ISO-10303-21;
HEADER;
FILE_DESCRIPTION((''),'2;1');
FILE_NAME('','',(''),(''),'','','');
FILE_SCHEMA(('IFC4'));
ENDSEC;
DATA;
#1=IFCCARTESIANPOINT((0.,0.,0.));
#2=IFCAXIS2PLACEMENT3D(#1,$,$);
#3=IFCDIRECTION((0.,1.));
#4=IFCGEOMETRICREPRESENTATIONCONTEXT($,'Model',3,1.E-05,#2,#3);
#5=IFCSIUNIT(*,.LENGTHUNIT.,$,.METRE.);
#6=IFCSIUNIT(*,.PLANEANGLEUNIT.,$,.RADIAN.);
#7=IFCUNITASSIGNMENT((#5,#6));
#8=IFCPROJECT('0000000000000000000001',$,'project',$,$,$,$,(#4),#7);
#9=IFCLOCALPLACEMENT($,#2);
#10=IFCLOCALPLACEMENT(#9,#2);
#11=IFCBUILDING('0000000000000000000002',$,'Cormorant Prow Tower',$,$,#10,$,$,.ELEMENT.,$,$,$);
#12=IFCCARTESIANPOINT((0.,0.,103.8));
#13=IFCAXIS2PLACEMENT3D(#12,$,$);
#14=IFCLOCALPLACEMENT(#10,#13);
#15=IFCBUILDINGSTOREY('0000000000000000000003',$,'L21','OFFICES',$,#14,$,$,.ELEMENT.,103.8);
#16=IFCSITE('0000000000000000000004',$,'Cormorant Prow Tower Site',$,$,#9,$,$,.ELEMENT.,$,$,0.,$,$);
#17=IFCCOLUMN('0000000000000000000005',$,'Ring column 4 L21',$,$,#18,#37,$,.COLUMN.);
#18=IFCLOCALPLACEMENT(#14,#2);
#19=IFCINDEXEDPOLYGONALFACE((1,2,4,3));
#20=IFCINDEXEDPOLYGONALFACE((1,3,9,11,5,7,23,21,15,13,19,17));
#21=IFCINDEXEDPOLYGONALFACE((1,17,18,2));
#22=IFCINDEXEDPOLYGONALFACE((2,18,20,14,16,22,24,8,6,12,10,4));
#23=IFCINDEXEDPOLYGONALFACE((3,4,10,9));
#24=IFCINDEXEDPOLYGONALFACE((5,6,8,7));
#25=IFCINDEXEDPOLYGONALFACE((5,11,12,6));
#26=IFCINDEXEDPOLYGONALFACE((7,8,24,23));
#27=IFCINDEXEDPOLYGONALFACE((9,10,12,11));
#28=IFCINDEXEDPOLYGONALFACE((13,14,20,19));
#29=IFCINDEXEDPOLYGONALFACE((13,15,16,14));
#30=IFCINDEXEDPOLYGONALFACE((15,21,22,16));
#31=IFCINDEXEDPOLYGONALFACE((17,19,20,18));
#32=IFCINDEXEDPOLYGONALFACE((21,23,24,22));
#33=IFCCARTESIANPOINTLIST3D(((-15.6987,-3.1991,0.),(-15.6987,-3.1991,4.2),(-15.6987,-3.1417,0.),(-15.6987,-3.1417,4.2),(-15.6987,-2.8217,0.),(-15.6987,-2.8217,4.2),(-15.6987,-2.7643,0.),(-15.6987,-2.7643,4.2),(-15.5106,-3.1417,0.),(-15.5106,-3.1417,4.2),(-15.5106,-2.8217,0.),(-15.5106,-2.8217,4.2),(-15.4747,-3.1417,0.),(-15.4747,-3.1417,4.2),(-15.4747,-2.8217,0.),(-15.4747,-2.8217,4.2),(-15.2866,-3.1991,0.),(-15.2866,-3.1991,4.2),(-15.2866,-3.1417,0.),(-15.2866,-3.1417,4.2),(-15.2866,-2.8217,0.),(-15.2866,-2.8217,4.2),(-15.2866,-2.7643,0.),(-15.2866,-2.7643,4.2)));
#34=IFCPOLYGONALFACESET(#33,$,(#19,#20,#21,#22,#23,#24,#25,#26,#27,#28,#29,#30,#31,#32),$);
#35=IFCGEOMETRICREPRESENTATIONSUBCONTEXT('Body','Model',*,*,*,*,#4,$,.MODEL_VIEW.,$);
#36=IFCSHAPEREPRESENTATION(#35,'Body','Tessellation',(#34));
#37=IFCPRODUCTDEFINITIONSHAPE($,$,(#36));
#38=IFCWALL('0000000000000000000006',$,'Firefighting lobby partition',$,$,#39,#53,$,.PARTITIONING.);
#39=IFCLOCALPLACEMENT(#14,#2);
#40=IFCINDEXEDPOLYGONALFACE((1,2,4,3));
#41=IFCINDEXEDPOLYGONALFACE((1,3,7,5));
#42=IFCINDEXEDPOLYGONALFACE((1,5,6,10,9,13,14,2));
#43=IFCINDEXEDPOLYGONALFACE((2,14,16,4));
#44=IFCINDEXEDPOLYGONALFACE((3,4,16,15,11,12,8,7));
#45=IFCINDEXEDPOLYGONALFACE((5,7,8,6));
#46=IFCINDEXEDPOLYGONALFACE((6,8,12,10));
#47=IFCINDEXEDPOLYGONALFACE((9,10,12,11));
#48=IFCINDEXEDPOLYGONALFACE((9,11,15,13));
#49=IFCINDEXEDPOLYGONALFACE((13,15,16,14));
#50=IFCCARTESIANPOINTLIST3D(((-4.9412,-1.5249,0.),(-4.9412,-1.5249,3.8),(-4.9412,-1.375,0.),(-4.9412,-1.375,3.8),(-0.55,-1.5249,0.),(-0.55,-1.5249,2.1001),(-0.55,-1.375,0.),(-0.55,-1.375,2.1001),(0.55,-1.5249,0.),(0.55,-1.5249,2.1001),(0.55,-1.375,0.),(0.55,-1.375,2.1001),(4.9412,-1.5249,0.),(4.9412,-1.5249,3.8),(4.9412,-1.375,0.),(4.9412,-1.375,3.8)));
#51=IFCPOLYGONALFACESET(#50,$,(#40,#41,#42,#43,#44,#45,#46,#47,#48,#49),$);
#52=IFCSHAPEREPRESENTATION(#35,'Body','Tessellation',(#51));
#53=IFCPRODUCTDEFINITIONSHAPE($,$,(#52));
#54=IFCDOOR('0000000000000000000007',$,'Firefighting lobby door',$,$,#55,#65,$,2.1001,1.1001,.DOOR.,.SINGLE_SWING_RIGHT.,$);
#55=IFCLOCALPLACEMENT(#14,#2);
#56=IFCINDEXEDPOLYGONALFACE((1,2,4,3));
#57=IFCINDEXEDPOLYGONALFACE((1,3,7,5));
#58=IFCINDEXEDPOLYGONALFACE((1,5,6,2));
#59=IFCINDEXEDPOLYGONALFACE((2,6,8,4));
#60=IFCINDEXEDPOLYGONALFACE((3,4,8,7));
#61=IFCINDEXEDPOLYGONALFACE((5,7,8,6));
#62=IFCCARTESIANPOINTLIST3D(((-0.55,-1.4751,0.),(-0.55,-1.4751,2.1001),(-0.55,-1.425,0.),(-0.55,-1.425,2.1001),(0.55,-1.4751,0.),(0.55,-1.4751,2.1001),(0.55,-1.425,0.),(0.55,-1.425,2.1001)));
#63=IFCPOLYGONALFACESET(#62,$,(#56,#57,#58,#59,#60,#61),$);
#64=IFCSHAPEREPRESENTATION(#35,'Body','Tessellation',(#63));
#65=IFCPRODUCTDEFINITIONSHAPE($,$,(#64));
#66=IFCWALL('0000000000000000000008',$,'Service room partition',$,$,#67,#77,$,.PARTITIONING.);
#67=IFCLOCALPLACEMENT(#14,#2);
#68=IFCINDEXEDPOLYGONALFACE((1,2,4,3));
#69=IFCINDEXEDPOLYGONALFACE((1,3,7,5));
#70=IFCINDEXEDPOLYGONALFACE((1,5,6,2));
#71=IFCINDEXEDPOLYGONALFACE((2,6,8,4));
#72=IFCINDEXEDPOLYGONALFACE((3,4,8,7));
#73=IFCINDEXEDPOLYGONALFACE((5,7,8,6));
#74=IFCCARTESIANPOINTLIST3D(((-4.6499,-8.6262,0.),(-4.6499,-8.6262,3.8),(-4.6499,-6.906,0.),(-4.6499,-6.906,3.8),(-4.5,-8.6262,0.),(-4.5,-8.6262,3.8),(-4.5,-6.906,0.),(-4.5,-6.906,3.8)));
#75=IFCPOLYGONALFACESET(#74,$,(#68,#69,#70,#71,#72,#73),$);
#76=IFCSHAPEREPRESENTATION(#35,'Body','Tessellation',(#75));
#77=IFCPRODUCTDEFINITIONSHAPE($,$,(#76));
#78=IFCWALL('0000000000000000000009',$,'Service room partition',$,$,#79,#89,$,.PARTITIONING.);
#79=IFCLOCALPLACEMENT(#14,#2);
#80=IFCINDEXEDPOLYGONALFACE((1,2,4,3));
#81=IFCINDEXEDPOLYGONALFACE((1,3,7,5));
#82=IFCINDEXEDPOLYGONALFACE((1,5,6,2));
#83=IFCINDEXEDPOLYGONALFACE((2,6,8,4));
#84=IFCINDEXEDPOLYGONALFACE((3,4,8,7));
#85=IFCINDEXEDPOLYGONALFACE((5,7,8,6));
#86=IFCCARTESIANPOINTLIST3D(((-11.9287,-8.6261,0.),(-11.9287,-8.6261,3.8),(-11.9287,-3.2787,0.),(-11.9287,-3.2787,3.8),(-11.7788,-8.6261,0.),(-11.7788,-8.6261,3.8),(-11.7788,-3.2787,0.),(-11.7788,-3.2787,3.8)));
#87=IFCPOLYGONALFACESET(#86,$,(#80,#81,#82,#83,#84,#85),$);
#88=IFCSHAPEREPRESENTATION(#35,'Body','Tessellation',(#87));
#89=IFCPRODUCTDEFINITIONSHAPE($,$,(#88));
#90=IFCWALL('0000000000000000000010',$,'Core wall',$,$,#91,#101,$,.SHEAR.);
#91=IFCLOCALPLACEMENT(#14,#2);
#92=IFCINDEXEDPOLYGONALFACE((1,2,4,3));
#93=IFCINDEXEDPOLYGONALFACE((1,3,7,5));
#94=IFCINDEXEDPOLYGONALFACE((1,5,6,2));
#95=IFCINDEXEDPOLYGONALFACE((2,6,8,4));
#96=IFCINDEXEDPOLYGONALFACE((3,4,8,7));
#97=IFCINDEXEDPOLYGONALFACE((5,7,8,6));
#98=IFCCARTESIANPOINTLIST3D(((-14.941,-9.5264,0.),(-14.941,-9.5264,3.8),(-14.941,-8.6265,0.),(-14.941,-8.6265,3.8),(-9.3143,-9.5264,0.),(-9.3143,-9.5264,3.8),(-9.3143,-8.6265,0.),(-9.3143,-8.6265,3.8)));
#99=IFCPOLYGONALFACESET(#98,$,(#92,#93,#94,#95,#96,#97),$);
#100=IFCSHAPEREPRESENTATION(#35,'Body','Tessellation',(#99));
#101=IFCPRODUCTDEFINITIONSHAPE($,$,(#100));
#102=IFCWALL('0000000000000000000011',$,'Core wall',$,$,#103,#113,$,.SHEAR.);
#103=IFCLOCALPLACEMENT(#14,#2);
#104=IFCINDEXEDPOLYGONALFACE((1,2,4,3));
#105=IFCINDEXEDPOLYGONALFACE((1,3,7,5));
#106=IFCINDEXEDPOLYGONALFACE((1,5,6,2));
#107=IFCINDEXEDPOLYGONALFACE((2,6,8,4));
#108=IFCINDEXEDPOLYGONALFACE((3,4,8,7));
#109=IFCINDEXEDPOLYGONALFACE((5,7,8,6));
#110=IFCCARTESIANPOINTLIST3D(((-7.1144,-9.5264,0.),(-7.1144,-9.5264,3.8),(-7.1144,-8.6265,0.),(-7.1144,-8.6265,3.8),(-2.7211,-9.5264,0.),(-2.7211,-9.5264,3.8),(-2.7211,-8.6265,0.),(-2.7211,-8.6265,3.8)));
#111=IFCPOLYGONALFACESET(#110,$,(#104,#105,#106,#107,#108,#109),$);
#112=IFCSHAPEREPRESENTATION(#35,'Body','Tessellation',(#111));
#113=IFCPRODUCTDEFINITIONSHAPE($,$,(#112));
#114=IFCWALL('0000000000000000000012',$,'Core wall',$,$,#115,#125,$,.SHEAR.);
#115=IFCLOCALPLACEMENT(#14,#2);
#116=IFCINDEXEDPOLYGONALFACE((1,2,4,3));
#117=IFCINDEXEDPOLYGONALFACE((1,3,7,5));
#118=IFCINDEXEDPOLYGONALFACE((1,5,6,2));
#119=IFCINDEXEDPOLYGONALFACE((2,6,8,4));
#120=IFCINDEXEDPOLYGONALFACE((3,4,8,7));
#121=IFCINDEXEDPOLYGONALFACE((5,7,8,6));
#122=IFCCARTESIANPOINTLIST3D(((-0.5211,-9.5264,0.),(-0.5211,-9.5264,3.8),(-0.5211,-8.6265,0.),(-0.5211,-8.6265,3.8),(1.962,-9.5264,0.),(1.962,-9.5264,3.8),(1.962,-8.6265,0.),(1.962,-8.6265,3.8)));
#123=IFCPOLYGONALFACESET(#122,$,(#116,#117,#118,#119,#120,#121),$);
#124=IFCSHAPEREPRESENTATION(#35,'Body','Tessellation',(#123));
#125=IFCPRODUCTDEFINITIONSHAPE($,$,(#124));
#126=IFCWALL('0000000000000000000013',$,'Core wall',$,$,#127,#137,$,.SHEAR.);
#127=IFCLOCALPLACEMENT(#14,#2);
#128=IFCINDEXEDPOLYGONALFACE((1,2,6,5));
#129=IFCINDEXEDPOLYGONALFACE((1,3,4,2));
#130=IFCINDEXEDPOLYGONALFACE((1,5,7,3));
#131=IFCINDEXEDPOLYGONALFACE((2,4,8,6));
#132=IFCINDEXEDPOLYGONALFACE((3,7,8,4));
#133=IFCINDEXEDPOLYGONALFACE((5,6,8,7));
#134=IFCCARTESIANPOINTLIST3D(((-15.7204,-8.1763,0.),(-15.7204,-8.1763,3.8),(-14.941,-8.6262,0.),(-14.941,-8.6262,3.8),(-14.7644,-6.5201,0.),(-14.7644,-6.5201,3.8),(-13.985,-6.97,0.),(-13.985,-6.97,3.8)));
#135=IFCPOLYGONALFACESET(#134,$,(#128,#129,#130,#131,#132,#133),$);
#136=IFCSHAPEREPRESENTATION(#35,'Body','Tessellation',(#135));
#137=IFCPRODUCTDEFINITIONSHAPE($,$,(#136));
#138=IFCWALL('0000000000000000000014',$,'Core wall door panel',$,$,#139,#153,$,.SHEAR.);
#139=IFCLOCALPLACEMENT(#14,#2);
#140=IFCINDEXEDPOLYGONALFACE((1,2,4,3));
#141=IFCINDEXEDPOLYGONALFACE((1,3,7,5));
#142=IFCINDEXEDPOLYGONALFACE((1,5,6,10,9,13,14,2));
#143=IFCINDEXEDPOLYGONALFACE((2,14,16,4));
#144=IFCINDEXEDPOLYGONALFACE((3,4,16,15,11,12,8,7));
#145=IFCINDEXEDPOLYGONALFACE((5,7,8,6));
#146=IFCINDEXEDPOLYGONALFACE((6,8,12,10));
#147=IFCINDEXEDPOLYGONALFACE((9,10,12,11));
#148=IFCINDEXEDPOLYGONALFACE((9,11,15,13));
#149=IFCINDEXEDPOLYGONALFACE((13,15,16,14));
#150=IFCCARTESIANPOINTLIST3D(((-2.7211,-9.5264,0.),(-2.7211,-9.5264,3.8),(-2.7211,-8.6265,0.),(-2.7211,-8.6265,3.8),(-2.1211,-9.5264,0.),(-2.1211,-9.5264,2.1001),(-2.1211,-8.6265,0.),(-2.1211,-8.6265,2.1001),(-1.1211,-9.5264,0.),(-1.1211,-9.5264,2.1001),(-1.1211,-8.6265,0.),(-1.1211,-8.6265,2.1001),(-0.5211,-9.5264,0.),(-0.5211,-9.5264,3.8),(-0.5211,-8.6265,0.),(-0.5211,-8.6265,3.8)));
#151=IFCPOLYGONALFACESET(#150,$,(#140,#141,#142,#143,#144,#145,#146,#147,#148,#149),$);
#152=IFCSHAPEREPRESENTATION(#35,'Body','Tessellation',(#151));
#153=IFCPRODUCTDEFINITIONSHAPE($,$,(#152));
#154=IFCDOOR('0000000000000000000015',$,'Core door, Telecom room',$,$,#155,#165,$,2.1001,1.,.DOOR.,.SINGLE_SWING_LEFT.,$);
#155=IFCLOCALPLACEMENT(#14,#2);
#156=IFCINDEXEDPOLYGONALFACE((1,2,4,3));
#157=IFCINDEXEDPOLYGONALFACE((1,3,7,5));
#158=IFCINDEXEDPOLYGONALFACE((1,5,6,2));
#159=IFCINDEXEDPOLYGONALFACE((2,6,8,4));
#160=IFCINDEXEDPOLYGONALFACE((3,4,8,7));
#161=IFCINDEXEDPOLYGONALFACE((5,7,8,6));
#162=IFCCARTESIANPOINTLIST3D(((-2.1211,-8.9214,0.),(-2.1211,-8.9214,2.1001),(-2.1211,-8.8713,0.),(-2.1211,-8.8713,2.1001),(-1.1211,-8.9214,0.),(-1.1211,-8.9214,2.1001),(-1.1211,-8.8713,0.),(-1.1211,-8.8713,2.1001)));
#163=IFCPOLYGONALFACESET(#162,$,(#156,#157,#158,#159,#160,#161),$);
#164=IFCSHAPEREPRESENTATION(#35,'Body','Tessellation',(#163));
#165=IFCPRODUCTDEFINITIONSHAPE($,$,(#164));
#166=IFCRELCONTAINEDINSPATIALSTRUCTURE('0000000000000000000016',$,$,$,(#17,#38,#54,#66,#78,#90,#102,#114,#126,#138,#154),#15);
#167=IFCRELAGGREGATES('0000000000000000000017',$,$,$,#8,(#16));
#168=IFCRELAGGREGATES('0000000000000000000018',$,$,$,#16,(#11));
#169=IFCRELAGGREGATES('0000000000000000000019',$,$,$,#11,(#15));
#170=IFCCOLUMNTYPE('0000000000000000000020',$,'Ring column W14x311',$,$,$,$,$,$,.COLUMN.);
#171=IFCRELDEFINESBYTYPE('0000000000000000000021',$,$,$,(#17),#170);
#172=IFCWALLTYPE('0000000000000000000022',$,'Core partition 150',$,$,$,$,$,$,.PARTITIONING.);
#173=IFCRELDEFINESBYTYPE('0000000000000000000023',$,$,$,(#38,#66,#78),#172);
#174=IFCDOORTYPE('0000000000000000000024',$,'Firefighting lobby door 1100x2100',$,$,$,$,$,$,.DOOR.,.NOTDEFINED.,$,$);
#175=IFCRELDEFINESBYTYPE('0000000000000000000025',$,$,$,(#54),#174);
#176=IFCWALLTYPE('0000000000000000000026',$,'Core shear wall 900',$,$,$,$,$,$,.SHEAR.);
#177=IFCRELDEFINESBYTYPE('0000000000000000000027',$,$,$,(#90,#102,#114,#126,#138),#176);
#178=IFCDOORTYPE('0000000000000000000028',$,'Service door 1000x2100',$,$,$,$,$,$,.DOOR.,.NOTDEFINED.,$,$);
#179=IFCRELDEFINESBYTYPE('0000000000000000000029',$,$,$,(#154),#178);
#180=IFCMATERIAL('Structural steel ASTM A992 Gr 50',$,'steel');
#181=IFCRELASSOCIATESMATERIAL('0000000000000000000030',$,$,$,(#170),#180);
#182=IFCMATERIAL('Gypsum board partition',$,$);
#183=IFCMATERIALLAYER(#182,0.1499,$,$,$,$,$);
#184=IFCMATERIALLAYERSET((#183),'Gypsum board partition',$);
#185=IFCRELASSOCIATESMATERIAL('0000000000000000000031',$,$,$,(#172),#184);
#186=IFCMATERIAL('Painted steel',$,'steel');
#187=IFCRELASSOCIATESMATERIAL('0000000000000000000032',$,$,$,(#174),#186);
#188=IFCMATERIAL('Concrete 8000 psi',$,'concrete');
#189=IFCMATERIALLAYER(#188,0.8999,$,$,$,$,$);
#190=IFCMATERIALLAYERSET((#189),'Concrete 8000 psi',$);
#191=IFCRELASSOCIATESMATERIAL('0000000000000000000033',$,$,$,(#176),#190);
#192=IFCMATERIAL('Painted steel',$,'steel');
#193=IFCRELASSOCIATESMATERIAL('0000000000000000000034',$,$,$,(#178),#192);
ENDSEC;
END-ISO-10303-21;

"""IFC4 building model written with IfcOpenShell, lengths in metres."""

from ifc_helpers import new_model, si_unit, direction, frame, frame_2d, origin, origin_2d, place, context, subcontext, project, spatial, rectangle, i_section, extrude, material, layer, layer_set, material_profile, profile_set, type_object, element, fill, save


model = new_model("IFC4")

# Units and contexts
model_context = context("Model", 3, precision=1e-05, world=origin(), true_north=direction((0.0, 1.0)))
body_context = subcontext(model_context, "Body", "Model", "MODEL_VIEW")
ifc_project = project(units=[si_unit("LENGTHUNIT", "METRE"), si_unit("PLANEANGLEUNIT", "RADIAN")], contexts=[model_context])

# Site, building, storey
site_placement = place(None, origin())
site = spatial("IfcSite", under=ifc_project, at=site_placement, Name="Cormorant Prow Tower Site", CompositionType="ELEMENT", RefElevation=0.0)
building_placement = place(site_placement, origin())
building = spatial("IfcBuilding", under=site, at=building_placement, Name="Cormorant Prow Tower", CompositionType="ELEMENT")
storey_placement = place(building_placement, frame((0.0, 0.0, 103.8)))
storey = spatial("IfcBuildingStorey", under=building, at=storey_placement, Name="L21", Description="OFFICES", CompositionType="ELEMENT", Elevation=103.8)

# Column
ifc_material_1 = material(Name="Structural steel ASTM A992 Gr 50", Category="steel")
ifc_material_profile = material_profile(ifc_material_1, i_section(OverallWidth=0.4121, OverallDepth=0.4348, WebThickness=0.0359, FlangeThickness=0.0574, at=origin_2d()), Name="W14x311")
ifc_profile_set = profile_set([ifc_material_profile], Name="Structural steel ASTM A992 Gr 50")
column_type = type_object("IfcColumnType", Name="Ring column W14x311", PredefinedType="COLUMN", material=ifc_profile_set)
column_placement = place(storey_placement, frame((-15.4927, -2.9817, 0.0), z_axis=(0.0, 0.0, 1.0), x_axis=(1.0, 0.0, 0.0)))
element("IfcColumn", 1, at=column_placement, inside=storey, type_object=column_type, Name="Ring column 4 L21", PredefinedType="COLUMN", context=body_context, shape_type="SweptSolid", body=[
    extrude(i_section(OverallWidth=0.4121, OverallDepth=0.4348, WebThickness=0.0359, FlangeThickness=0.0574, at=origin_2d()), origin(), (0.0, 0.0, 1.0), 4.2),
])

# Wall, opening, door
ifc_material_2 = material(Name="Gypsum board partition")
ifc_layer_1 = layer(ifc_material_2, 0.1499)
ifc_layer_set_1 = layer_set([ifc_layer_1], Name="Gypsum board partition")
wall_type_1 = type_object("IfcWallType", Name="Core partition 150", PredefinedType="PARTITIONING", material=ifc_layer_set_1)
wall_1_placement = place(storey_placement, frame((-4.9412, -1.45, 0.0), z_axis=(0.0, 0.0, 1.0), x_axis=(1.0, 0.0, 0.0)))
wall_1 = element("IfcWall", 2, at=wall_1_placement, inside=storey, type_object=wall_type_1, Name="Firefighting lobby partition", PredefinedType="PARTITIONING", context=body_context, shape_type="SweptSolid", body=[
    extrude(rectangle(XDim=9.8823, YDim=0.1499, at=frame_2d((4.9412, 0.0))), origin(), (0.0, 0.0, 1.0), 3.8),
])
opening_1_placement = place(wall_1_placement, frame((4.3911, 0.0, 0.0)))
opening_1 = element("IfcOpeningElement", 3, at=opening_1_placement, cuts=wall_1, PredefinedType="OPENING", context=body_context, shape_type="SweptSolid", body=[
    extrude(rectangle(XDim=1.1001, YDim=2.1001, at=frame_2d((0.55, 1.05))), frame((0.0, 0.085, 0.0), z_axis=(0.0, -1.0, 0.0), x_axis=(1.0, 0.0, 0.0)), (0.0, 0.0, 1.0), 0.1699),
])
ifc_material_3 = material(Name="Painted steel", Category="steel")
door_type_1 = type_object("IfcDoorType", Name="Firefighting lobby door 1100x2100", OperationType="NOTDEFINED", PredefinedType="DOOR", material=ifc_material_3)
door_1_placement = place(opening_1_placement, origin())
door_1 = element("IfcDoor", 4, at=door_1_placement, inside=storey, type_object=door_type_1, Name="Firefighting lobby door", OperationType="SINGLE_SWING_RIGHT", OverallHeight=2.1001, OverallWidth=1.1001, PredefinedType="DOOR", context=body_context, shape_type="SweptSolid", body=[
    extrude(rectangle(XDim=1.1001, YDim=2.1001, at=frame_2d((0.55, 1.05))), frame((0.0, 0.0249, 0.0), z_axis=(0.0, -1.0, 0.0), x_axis=(1.0, 0.0, 0.0)), (0.0, 0.0, 1.0), 0.05),
])
fill(opening_1, door_1)

# Walls
wall_2_placement = place(storey_placement, frame((-4.575, -6.906, 0.0), z_axis=(0.0, 0.0, 1.0), x_axis=(0.0, -1.0, 0.0)))
element("IfcWall", 5, at=wall_2_placement, inside=storey, type_object=wall_type_1, Name="Service room partition", PredefinedType="PARTITIONING", context=body_context, shape_type="SweptSolid", body=[
    extrude(rectangle(XDim=1.7202, YDim=0.1499, at=frame_2d((0.8601, 0.0))), origin(), (0.0, 0.0, 1.0), 3.8),
])
wall_3_placement = place(storey_placement, frame((-11.8538, -8.6262, 0.0), z_axis=(0.0, 0.0, 1.0), x_axis=(0.0, 1.0, 0.0)))
element("IfcWall", 6, at=wall_3_placement, inside=storey, type_object=wall_type_1, Name="Service room partition", PredefinedType="PARTITIONING", context=body_context, shape_type="SweptSolid", body=[
    extrude(rectangle(XDim=5.3474, YDim=0.1499, at=frame_2d((2.6738, 0.0))), origin(), (0.0, 0.0, 1.0), 3.8),
])
ifc_material_4 = material(Name="Concrete 8000 psi", Category="concrete")
ifc_layer_2 = layer(ifc_material_4, 0.8999)
ifc_layer_set_2 = layer_set([ifc_layer_2], Name="Concrete 8000 psi")
wall_type_2 = type_object("IfcWallType", Name="Core shear wall 900", PredefinedType="SHEAR", material=ifc_layer_set_2)
wall_4_placement = place(storey_placement, frame((-14.9412, -9.0764, 0.0), z_axis=(0.0, 0.0, 1.0), x_axis=(1.0, 0.0, 0.0)))
element("IfcWall", 7, at=wall_4_placement, inside=storey, type_object=wall_type_2, Name="Core wall", PredefinedType="SHEAR", context=body_context, shape_type="SweptSolid", body=[
    extrude(rectangle(XDim=5.6267, YDim=0.8999, at=frame_2d((2.8135, 0.0))), origin(), (0.0, 0.0, 1.0), 3.8),
])
wall_5_placement = place(storey_placement, frame((-7.1145, -9.0764, 0.0), z_axis=(0.0, 0.0, 1.0), x_axis=(1.0, 0.0, 0.0)))
element("IfcWall", 8, at=wall_5_placement, inside=storey, type_object=wall_type_2, Name="Core wall", PredefinedType="SHEAR", context=body_context, shape_type="SweptSolid", body=[
    extrude(rectangle(XDim=4.3933, YDim=0.8999, at=frame_2d((2.1968, 0.0))), origin(), (0.0, 0.0, 1.0), 3.8),
])
wall_6_placement = place(storey_placement, frame((-0.5212, -9.0764, 0.0), z_axis=(0.0, 0.0, 1.0), x_axis=(1.0, 0.0, 0.0)))
element("IfcWall", 9, at=wall_6_placement, inside=storey, type_object=wall_type_2, Name="Core wall", PredefinedType="SHEAR", context=body_context, shape_type="SweptSolid", body=[
    extrude(rectangle(XDim=2.4832, YDim=0.8999, at=frame_2d((1.2417, 0.0))), origin(), (0.0, 0.0, 1.0), 3.8),
])
wall_7_placement = place(storey_placement, frame((-14.3748, -6.7451, 0.0), z_axis=(0.0, 0.0, 1.0), x_axis=(-0.499929, -0.866067, 0.0)))
element("IfcWall", 10, at=wall_7_placement, inside=storey, type_object=wall_type_2, Name="Core wall", PredefinedType="SHEAR", context=body_context, shape_type="SweptSolid", body=[
    extrude(rectangle(XDim=1.9124, YDim=0.8999, at=frame_2d((0.9561, 0.0))), origin(), (0.0, 0.0, 1.0), 3.8),
])

# Wall, opening, door
wall_8_placement = place(storey_placement, frame((-2.7212, -9.0764, 0.0), z_axis=(0.0, 0.0, 1.0), x_axis=(1.0, 0.0, 0.0)))
wall_8 = element("IfcWall", 11, at=wall_8_placement, inside=storey, type_object=wall_type_2, Name="Core wall door panel", PredefinedType="SHEAR", context=body_context, shape_type="SweptSolid", body=[
    extrude(rectangle(XDim=2.2, YDim=0.8999, at=frame_2d((1.1001, 0.0))), origin(), (0.0, 0.0, 1.0), 3.8),
])
opening_2_placement = place(wall_8_placement, frame((0.6001, 0.0, 0.0)))
opening_2 = element("IfcOpeningElement", 12, at=opening_2_placement, cuts=wall_8, PredefinedType="OPENING", context=body_context, shape_type="SweptSolid", body=[
    extrude(rectangle(XDim=1.0, YDim=2.1001, at=frame_2d((0.5, 1.05))), frame((0.0, 0.46, 0.0), z_axis=(0.0, -1.0, 0.0), x_axis=(1.0, 0.0, 0.0)), (0.0, 0.0, 1.0), 0.9199),
])
ifc_material_5 = material(Name="Painted steel", Category="steel")
door_type_2 = type_object("IfcDoorType", Name="Service door 1000x2100", OperationType="NOTDEFINED", PredefinedType="DOOR", material=ifc_material_5)
door_2_placement = place(opening_2_placement, origin())
door_2 = element("IfcDoor", 13, at=door_2_placement, inside=storey, type_object=door_type_2, Name="Core door, Telecom room", OperationType="SINGLE_SWING_LEFT", OverallHeight=2.1001, OverallWidth=1.0, PredefinedType="DOOR", context=body_context, shape_type="SweptSolid", body=[
    extrude(rectangle(XDim=1.0, YDim=2.1001, at=frame_2d((0.5, 1.05))), frame((0.0, 0.2051, 0.0), z_axis=(0.0, -1.0, 0.0), x_axis=(1.0, 0.0, 0.0)), (0.0, 0.0, 1.0), 0.05),
])
fill(opening_2, door_2)

save(model, "model.ifc")
